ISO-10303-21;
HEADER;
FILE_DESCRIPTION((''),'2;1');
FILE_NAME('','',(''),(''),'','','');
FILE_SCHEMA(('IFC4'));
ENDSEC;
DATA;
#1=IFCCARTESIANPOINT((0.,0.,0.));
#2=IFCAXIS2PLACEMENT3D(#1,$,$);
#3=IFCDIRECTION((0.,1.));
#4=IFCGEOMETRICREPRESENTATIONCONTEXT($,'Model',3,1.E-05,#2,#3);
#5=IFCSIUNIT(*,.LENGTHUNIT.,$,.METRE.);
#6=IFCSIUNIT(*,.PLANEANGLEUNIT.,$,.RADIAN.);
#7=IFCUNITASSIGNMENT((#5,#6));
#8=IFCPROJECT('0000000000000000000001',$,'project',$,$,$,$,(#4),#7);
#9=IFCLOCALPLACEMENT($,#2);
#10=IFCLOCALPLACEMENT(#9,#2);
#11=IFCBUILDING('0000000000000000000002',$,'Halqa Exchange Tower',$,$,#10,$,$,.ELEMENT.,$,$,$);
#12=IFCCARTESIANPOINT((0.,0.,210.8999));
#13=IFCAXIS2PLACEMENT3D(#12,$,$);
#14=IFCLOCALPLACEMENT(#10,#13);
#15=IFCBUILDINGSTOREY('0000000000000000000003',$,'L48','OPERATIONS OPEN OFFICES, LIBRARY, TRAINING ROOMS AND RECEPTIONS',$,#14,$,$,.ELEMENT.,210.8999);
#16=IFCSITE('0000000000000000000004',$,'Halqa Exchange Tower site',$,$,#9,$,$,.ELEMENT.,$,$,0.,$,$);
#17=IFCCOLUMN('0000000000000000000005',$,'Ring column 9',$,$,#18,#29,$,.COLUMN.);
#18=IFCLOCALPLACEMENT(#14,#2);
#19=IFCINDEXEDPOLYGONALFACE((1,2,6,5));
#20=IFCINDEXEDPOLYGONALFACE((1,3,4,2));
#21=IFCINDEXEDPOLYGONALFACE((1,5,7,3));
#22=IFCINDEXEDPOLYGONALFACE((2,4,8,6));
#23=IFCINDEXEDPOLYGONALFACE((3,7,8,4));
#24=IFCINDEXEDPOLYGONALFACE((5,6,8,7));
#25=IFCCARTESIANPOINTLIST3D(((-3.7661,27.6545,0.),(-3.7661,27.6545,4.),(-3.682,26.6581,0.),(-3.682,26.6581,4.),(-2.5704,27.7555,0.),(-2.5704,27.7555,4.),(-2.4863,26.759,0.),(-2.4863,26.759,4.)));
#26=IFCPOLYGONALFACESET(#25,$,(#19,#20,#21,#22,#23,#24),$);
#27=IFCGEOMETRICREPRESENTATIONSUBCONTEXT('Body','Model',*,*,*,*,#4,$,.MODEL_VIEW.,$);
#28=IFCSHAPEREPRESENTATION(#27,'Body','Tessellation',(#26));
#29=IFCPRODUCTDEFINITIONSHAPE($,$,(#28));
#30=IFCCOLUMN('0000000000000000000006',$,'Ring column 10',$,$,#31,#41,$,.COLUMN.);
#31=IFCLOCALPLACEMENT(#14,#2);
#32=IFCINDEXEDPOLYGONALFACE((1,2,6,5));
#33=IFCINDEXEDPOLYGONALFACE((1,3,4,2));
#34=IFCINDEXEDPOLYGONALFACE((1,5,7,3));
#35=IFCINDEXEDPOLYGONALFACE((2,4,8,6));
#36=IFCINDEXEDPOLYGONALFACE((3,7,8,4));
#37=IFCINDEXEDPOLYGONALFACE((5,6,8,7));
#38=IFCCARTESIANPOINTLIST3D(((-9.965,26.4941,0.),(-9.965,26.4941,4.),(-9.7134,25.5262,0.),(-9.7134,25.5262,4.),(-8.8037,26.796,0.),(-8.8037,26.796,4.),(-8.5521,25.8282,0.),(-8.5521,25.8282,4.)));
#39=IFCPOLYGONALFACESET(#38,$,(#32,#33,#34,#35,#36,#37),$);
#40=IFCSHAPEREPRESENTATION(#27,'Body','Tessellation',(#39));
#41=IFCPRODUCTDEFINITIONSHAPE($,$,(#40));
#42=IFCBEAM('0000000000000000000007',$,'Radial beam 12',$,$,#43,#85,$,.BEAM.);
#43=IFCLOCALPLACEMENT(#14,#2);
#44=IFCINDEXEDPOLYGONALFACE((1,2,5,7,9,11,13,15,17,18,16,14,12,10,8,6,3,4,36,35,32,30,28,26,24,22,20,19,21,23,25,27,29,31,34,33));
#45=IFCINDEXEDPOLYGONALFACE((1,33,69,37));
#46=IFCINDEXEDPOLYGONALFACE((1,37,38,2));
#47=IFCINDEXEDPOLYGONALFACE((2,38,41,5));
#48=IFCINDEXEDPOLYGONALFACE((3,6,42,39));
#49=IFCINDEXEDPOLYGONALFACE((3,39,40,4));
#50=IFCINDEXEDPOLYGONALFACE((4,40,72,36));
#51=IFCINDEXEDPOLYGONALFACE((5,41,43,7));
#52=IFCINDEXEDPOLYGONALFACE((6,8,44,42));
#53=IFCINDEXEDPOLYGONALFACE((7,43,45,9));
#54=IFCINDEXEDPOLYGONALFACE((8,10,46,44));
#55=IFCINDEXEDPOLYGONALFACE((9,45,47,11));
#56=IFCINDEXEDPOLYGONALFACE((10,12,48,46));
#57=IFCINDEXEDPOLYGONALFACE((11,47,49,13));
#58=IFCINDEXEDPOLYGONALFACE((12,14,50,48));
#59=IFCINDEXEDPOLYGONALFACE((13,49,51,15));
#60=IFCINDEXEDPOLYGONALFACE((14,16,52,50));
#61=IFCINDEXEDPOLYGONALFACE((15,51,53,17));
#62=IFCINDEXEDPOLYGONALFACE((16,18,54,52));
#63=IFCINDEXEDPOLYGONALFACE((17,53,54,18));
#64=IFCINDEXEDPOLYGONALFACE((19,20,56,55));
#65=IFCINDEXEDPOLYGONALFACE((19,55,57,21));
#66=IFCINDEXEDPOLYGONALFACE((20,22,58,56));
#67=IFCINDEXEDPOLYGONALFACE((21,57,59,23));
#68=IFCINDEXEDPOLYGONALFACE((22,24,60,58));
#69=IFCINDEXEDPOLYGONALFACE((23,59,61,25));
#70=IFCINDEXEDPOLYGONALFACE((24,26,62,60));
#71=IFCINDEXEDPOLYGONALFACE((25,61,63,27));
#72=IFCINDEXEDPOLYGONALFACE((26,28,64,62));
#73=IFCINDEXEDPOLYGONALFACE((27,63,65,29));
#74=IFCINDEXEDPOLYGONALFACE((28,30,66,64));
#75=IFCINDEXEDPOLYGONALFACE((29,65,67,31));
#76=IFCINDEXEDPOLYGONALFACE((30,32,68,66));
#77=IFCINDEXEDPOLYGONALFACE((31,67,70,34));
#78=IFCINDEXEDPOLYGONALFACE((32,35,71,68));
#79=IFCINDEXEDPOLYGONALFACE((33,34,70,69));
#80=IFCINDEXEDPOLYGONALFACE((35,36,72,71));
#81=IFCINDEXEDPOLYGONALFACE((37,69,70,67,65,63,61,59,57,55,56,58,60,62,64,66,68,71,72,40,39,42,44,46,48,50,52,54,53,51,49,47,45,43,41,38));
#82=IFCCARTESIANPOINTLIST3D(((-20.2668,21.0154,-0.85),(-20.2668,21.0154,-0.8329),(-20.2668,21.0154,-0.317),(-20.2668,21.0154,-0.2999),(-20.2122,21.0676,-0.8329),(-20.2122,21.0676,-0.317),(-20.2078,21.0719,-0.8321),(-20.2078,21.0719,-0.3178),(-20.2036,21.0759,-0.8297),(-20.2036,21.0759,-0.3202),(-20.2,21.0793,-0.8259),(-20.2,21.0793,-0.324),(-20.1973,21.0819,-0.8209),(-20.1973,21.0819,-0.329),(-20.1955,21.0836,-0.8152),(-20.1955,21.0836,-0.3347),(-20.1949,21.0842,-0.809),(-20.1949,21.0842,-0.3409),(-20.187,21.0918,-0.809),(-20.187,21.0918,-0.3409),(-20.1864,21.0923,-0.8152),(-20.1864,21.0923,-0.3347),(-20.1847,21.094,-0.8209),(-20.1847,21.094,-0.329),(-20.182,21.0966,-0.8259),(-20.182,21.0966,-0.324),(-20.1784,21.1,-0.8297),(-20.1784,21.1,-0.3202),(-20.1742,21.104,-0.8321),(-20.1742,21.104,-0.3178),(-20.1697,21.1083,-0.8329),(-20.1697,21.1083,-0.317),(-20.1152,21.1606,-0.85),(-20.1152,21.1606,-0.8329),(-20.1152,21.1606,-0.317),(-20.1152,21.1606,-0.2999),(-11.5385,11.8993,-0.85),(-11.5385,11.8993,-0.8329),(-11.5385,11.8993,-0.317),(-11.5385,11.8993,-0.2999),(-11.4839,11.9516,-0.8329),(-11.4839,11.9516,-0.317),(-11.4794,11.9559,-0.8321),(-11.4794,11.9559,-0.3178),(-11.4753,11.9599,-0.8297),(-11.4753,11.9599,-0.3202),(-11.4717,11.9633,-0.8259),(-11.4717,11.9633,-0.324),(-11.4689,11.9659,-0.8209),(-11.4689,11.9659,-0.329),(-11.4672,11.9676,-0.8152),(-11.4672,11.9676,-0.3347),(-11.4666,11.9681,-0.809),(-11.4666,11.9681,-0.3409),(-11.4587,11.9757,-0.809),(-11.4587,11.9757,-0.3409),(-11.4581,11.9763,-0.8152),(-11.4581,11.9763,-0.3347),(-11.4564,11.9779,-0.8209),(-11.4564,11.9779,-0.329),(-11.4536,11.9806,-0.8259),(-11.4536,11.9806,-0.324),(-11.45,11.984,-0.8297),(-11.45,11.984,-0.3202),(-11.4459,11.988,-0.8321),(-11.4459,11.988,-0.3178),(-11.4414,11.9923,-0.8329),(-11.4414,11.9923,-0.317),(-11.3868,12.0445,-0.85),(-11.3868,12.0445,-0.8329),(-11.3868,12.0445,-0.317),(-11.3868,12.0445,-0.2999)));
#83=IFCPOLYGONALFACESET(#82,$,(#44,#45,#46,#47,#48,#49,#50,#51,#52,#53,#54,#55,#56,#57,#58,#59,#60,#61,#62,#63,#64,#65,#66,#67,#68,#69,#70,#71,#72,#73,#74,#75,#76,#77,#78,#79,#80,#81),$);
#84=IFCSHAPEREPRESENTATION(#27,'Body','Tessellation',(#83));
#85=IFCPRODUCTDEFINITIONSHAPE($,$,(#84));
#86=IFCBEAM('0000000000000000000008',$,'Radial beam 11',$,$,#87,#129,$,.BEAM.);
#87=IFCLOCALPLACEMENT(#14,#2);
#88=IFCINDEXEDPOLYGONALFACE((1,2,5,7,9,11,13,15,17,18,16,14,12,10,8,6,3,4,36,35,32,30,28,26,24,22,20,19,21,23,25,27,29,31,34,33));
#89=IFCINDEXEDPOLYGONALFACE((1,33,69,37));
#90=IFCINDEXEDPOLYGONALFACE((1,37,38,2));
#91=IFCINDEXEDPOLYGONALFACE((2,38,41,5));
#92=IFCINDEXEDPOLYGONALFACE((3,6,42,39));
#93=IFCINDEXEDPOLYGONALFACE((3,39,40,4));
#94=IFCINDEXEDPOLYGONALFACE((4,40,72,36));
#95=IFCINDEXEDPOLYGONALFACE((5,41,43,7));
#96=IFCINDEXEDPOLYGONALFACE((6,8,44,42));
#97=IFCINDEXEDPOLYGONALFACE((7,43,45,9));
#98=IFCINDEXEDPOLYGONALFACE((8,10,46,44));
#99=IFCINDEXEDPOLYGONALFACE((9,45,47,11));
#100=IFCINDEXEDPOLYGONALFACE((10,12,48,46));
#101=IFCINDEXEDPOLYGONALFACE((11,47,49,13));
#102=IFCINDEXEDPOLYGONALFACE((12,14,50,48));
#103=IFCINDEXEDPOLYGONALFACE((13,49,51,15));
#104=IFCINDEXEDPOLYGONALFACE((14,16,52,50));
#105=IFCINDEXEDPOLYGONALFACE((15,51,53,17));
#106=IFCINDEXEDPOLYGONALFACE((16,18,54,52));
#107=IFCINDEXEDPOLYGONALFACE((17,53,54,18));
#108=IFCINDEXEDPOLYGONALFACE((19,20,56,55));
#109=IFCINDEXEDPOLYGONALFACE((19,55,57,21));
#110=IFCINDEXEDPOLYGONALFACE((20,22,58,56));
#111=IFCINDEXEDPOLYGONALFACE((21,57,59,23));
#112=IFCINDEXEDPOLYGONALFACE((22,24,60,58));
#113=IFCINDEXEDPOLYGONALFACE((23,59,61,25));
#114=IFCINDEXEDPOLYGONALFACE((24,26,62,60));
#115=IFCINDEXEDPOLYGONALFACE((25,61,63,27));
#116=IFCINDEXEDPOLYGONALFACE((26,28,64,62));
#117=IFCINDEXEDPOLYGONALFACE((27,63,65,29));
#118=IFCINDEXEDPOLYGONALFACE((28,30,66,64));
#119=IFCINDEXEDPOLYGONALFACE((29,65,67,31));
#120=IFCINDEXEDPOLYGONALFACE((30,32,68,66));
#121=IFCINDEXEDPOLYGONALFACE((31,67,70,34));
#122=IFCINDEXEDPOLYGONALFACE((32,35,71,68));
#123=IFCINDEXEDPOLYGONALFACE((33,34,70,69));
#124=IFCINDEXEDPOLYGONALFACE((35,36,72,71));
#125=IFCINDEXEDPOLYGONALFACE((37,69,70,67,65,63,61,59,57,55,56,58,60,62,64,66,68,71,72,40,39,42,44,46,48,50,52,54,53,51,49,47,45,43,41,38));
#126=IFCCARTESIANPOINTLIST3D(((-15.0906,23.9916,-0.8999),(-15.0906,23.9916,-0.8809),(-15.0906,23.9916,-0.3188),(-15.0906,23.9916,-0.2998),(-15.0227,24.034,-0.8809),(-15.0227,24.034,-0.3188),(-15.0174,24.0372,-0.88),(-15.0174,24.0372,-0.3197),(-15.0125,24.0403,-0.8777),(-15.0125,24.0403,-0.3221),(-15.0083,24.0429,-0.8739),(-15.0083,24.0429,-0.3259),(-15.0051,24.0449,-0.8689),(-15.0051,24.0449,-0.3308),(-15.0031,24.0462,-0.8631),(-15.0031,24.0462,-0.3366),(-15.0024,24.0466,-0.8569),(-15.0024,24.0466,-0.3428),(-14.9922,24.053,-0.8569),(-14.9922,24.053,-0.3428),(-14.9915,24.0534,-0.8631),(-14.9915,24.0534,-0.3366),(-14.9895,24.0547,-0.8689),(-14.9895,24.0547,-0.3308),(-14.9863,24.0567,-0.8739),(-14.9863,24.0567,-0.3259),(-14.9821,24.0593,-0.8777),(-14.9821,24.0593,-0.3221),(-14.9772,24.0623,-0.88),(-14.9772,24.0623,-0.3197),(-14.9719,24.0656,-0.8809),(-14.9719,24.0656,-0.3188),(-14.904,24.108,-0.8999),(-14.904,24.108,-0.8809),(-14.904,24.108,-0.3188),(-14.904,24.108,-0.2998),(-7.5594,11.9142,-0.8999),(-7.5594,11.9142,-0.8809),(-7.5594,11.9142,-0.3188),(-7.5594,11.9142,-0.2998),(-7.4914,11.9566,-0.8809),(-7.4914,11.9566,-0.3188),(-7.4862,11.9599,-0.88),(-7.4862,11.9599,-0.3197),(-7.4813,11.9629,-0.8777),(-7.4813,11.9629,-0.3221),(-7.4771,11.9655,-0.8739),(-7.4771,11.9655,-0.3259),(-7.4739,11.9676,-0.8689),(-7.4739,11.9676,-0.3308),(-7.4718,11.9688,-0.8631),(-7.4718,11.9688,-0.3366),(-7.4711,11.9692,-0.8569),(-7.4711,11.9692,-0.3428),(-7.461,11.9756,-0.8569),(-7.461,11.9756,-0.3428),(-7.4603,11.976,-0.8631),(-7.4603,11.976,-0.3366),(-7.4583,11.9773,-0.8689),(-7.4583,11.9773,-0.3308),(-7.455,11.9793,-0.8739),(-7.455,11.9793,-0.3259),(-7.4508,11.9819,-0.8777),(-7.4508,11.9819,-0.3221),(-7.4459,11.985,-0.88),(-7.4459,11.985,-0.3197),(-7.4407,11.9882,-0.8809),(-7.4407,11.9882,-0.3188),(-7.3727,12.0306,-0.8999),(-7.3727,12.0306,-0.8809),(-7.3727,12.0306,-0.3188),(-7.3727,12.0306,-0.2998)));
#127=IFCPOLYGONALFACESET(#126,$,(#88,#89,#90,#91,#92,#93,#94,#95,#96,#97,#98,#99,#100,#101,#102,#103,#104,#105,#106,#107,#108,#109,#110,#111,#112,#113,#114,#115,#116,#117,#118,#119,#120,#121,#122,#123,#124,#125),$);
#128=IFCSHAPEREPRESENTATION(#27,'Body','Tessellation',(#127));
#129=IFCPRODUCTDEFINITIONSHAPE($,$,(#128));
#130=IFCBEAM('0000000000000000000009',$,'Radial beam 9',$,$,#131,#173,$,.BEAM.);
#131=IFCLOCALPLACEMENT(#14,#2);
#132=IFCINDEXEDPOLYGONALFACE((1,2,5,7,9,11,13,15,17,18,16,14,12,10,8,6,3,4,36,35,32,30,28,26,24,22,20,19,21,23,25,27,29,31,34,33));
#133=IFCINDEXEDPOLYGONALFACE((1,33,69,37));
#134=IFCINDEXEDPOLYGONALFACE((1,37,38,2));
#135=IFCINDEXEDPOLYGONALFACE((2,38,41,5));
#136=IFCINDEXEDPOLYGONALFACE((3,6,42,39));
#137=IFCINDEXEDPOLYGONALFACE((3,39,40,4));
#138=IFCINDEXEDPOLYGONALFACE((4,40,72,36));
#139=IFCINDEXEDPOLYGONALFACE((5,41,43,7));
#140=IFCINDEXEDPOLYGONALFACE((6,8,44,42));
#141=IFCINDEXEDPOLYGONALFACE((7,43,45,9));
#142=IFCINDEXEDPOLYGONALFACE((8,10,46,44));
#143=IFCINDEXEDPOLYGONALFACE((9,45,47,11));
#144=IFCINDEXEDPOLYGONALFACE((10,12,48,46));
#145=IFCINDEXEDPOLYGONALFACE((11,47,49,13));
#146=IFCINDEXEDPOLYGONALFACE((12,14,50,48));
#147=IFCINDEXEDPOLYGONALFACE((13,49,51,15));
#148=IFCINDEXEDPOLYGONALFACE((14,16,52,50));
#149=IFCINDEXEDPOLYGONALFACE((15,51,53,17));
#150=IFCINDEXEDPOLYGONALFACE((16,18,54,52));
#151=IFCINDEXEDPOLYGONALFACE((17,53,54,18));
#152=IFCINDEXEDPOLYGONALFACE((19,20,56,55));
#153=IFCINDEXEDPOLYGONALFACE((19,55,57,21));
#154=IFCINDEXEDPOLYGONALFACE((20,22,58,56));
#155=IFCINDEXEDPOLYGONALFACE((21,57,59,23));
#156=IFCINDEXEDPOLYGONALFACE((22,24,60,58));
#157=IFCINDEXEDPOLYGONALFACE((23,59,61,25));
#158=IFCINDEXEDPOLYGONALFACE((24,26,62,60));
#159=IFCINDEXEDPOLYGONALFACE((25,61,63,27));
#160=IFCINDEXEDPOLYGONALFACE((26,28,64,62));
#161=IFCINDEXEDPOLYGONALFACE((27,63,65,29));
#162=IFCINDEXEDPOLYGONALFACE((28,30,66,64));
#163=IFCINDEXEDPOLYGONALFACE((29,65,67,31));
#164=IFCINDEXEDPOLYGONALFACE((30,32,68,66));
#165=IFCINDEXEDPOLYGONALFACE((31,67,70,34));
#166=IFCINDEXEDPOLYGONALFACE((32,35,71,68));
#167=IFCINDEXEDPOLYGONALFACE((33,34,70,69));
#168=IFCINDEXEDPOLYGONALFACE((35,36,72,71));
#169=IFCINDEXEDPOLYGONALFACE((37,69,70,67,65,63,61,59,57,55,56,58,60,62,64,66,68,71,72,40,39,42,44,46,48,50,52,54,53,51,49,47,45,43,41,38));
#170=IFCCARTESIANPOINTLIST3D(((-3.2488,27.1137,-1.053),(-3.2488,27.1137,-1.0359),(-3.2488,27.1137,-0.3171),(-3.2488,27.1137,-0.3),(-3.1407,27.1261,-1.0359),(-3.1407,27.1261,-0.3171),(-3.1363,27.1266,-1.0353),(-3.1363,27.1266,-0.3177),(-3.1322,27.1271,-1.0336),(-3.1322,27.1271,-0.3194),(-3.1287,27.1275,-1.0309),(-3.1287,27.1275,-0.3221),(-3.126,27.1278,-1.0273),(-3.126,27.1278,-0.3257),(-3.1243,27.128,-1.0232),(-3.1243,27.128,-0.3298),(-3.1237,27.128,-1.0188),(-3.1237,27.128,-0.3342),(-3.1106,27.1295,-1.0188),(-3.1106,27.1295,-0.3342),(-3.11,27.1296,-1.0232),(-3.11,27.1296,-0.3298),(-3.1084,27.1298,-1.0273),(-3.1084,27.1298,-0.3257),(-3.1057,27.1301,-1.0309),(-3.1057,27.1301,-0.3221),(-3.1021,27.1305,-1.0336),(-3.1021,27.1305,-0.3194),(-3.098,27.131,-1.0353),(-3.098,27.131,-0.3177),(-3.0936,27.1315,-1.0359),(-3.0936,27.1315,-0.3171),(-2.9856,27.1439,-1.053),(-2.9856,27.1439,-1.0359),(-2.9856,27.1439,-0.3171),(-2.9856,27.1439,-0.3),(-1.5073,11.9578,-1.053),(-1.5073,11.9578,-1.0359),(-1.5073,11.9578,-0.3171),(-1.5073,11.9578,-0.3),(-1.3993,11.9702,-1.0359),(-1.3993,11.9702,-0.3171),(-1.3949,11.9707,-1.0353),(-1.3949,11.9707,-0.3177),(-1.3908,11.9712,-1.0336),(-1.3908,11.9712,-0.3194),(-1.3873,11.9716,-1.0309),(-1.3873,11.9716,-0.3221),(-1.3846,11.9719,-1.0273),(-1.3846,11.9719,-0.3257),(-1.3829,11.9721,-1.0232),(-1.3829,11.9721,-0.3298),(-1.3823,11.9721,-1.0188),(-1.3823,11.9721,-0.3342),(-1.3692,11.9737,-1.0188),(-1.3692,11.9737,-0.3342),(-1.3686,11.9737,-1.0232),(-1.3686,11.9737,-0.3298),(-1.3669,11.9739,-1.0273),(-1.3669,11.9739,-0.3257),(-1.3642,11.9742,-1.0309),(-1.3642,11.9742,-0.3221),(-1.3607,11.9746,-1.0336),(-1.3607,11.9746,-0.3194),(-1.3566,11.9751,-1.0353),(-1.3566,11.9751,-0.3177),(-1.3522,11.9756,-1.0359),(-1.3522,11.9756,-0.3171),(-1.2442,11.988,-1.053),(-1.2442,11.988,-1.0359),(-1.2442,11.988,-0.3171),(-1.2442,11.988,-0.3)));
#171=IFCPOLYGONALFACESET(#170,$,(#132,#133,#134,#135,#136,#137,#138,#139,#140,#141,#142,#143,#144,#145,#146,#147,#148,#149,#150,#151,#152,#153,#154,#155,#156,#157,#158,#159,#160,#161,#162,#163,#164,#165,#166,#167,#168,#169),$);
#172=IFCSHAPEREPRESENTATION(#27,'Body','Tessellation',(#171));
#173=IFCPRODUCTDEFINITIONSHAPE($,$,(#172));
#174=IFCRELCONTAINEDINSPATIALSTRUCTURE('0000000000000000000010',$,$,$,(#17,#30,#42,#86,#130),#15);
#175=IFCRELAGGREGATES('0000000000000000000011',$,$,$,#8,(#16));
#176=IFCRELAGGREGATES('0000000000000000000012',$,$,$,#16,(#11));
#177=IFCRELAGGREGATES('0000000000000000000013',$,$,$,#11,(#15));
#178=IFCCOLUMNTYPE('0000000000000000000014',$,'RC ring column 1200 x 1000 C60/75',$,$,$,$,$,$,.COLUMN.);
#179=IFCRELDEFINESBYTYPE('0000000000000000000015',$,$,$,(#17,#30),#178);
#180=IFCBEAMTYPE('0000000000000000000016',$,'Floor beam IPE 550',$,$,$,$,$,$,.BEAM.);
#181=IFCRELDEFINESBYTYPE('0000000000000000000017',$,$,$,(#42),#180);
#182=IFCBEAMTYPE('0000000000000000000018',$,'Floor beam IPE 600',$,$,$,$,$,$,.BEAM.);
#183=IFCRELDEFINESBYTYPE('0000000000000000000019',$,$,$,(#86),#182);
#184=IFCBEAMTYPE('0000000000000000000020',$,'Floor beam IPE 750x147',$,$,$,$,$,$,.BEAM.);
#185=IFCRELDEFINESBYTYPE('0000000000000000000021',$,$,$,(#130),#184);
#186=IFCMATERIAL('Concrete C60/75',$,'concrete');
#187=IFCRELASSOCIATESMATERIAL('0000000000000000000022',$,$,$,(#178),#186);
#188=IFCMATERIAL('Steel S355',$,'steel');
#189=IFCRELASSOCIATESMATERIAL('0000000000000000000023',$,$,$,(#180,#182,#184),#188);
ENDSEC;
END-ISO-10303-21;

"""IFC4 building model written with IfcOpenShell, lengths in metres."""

from ifc_helpers import new_model, si_unit, direction, frame, origin, origin_2d, place, context, subcontext, project, spatial, rectangle, i_section, extrude, material, material_profile, profile_set, type_object, element, save


model = new_model("IFC4")

# Units and contexts
model_context = context("Model", 3, precision=1e-05, world=origin(), true_north=direction((0.0, 1.0)))
body_context = subcontext(model_context, "Body", "Model", "MODEL_VIEW")
ifc_project = project(units=[si_unit("LENGTHUNIT", "METRE"), si_unit("PLANEANGLEUNIT", "RADIAN")], contexts=[model_context])

# Site, building, storey
site_placement = place(None, origin())
site = spatial("IfcSite", under=ifc_project, at=site_placement, Name="Halqa Exchange Tower site", CompositionType="ELEMENT", RefElevation=0.0)
building_placement = place(site_placement, origin())
building = spatial("IfcBuilding", under=site, at=building_placement, Name="Halqa Exchange Tower", CompositionType="ELEMENT")
storey_placement = place(building_placement, frame((0.0, 0.0, 210.8999)))
storey = spatial("IfcBuildingStorey", under=building, at=storey_placement, Name="L48", Description="OPERATIONS OPEN OFFICES, LIBRARY, TRAINING ROOMS AND RECEPTIONS", CompositionType="ELEMENT", Elevation=210.8999)

# Columns
ifc_material_1 = material(Name="Concrete C60/75", Category="concrete")
ifc_material_profile_1 = material_profile(ifc_material_1, rectangle(XDim=1.2, YDim=1.0, at=origin_2d()), Name="1200 x 1000")
ifc_profile_set_1 = profile_set([ifc_material_profile_1], Name="Concrete C60/75")
column_type = type_object("IfcColumnType", Name="RC ring column 1200 x 1000 C60/75", PredefinedType="COLUMN", material=ifc_profile_set_1)
for number, where, z_axis, x_axis, name in (
    (1, (-3.1262, 27.2068, 0.0), (0.0, 0.0, 1.0), (-0.996455, -0.084128, 0.0), "Ring column 9"),
    (2, (-9.2585, 26.1611, 0.0), (0.0, 0.0, 1.0), (-0.967819, -0.251649, 0.0), "Ring column 10"),
):
    element("IfcColumn", number, at=place(storey_placement, frame(where, z_axis=z_axis, x_axis=x_axis)), inside=storey, type_object=column_type, Name=name, PredefinedType="COLUMN", context=body_context, shape_type="SweptSolid", body=[
        extrude(rectangle(XDim=1.2, YDim=1.0, at=origin_2d()), origin(), (0.0, 0.0, 1.0), 4.0),
    ])

# Beams
ifc_material_2 = material(Name="Steel S355", Category="steel")
ifc_material_profile_2 = material_profile(ifc_material_2, i_section(OverallWidth=0.21, OverallDepth=0.55, WebThickness=0.011, FlangeThickness=0.0171, FilletRadius=0.0239, at=origin_2d()), Name="IPE 550")
ifc_profile_set_2 = profile_set([ifc_material_profile_2], Name="Steel S355")
beam_type_1 = type_object("IfcBeamType", Name="Floor beam IPE 550", PredefinedType="BEAM", material=ifc_profile_set_2)
beam_1_placement = place(storey_placement, frame((-11.4626, 11.9719, -0.575), z_axis=(-0.691581, 0.722299, 0.0), x_axis=(-0.722299, -0.691581, 0.0)))
element("IfcBeam", 3, at=beam_1_placement, inside=storey, type_object=beam_type_1, Name="Radial beam 12", PredefinedType="BEAM", context=body_context, shape_type="SweptSolid", body=[
    extrude(i_section(OverallWidth=0.21, OverallDepth=0.55, WebThickness=0.011, FlangeThickness=0.0171, FilletRadius=0.0239, at=origin_2d()), origin(), (0.0, 0.0, 1.0), 12.6208),
])
ifc_material_profile_3 = material_profile(ifc_material_2, i_section(OverallWidth=0.22, OverallDepth=0.6001, WebThickness=0.012, FlangeThickness=0.019, FilletRadius=0.0239, at=origin_2d()), Name="IPE 600")
ifc_profile_set_3 = profile_set([ifc_material_profile_3], Name="Steel S355")
beam_type_2 = type_object("IfcBeamType", Name="Floor beam IPE 600", PredefinedType="BEAM", material=ifc_profile_set_3)
beam_2_placement = place(storey_placement, frame((-7.4661, 11.9724, -0.5999), z_axis=(-0.529134, 0.848538, 0.0), x_axis=(-0.848538, -0.529134, 0.0)))
element("IfcBeam", 4, at=beam_2_placement, inside=storey, type_object=beam_type_2, Name="Radial beam 11", PredefinedType="BEAM", context=body_context, shape_type="SweptSolid", body=[
    extrude(i_section(OverallWidth=0.22, OverallDepth=0.6001, WebThickness=0.012, FlangeThickness=0.019, FilletRadius=0.0239, at=origin_2d()), origin(), (0.0, 0.0, 1.0), 14.2332),
])
ifc_material_profile_4 = material_profile(ifc_material_2, i_section(OverallWidth=0.2649, OverallDepth=0.7529, WebThickness=0.0132, FlangeThickness=0.0171, FilletRadius=0.0171, at=origin_2d()), Name="IPE 750x147")
ifc_profile_set_4 = profile_set([ifc_material_profile_4], Name="Steel S355")
beam_type_3 = type_object("IfcBeamType", Name="Floor beam IPE 750x147", PredefinedType="BEAM", material=ifc_profile_set_4)
beam_3_placement = place(storey_placement, frame((-1.3757, 11.9729, -0.6765), z_axis=(-0.114151, 0.993463, 0.0), x_axis=(-0.993463, -0.114151, 0.0)))
element("IfcBeam", 5, at=beam_3_placement, inside=storey, type_object=beam_type_3, Name="Radial beam 9", PredefinedType="BEAM", context=body_context, shape_type="SweptSolid", body=[
    extrude(i_section(OverallWidth=0.2649, OverallDepth=0.7529, WebThickness=0.0132, FlangeThickness=0.0171, FilletRadius=0.0171, at=origin_2d()), origin(), (0.0, 0.0, 1.0), 15.2556),
])

save(model, "model.ifc")
